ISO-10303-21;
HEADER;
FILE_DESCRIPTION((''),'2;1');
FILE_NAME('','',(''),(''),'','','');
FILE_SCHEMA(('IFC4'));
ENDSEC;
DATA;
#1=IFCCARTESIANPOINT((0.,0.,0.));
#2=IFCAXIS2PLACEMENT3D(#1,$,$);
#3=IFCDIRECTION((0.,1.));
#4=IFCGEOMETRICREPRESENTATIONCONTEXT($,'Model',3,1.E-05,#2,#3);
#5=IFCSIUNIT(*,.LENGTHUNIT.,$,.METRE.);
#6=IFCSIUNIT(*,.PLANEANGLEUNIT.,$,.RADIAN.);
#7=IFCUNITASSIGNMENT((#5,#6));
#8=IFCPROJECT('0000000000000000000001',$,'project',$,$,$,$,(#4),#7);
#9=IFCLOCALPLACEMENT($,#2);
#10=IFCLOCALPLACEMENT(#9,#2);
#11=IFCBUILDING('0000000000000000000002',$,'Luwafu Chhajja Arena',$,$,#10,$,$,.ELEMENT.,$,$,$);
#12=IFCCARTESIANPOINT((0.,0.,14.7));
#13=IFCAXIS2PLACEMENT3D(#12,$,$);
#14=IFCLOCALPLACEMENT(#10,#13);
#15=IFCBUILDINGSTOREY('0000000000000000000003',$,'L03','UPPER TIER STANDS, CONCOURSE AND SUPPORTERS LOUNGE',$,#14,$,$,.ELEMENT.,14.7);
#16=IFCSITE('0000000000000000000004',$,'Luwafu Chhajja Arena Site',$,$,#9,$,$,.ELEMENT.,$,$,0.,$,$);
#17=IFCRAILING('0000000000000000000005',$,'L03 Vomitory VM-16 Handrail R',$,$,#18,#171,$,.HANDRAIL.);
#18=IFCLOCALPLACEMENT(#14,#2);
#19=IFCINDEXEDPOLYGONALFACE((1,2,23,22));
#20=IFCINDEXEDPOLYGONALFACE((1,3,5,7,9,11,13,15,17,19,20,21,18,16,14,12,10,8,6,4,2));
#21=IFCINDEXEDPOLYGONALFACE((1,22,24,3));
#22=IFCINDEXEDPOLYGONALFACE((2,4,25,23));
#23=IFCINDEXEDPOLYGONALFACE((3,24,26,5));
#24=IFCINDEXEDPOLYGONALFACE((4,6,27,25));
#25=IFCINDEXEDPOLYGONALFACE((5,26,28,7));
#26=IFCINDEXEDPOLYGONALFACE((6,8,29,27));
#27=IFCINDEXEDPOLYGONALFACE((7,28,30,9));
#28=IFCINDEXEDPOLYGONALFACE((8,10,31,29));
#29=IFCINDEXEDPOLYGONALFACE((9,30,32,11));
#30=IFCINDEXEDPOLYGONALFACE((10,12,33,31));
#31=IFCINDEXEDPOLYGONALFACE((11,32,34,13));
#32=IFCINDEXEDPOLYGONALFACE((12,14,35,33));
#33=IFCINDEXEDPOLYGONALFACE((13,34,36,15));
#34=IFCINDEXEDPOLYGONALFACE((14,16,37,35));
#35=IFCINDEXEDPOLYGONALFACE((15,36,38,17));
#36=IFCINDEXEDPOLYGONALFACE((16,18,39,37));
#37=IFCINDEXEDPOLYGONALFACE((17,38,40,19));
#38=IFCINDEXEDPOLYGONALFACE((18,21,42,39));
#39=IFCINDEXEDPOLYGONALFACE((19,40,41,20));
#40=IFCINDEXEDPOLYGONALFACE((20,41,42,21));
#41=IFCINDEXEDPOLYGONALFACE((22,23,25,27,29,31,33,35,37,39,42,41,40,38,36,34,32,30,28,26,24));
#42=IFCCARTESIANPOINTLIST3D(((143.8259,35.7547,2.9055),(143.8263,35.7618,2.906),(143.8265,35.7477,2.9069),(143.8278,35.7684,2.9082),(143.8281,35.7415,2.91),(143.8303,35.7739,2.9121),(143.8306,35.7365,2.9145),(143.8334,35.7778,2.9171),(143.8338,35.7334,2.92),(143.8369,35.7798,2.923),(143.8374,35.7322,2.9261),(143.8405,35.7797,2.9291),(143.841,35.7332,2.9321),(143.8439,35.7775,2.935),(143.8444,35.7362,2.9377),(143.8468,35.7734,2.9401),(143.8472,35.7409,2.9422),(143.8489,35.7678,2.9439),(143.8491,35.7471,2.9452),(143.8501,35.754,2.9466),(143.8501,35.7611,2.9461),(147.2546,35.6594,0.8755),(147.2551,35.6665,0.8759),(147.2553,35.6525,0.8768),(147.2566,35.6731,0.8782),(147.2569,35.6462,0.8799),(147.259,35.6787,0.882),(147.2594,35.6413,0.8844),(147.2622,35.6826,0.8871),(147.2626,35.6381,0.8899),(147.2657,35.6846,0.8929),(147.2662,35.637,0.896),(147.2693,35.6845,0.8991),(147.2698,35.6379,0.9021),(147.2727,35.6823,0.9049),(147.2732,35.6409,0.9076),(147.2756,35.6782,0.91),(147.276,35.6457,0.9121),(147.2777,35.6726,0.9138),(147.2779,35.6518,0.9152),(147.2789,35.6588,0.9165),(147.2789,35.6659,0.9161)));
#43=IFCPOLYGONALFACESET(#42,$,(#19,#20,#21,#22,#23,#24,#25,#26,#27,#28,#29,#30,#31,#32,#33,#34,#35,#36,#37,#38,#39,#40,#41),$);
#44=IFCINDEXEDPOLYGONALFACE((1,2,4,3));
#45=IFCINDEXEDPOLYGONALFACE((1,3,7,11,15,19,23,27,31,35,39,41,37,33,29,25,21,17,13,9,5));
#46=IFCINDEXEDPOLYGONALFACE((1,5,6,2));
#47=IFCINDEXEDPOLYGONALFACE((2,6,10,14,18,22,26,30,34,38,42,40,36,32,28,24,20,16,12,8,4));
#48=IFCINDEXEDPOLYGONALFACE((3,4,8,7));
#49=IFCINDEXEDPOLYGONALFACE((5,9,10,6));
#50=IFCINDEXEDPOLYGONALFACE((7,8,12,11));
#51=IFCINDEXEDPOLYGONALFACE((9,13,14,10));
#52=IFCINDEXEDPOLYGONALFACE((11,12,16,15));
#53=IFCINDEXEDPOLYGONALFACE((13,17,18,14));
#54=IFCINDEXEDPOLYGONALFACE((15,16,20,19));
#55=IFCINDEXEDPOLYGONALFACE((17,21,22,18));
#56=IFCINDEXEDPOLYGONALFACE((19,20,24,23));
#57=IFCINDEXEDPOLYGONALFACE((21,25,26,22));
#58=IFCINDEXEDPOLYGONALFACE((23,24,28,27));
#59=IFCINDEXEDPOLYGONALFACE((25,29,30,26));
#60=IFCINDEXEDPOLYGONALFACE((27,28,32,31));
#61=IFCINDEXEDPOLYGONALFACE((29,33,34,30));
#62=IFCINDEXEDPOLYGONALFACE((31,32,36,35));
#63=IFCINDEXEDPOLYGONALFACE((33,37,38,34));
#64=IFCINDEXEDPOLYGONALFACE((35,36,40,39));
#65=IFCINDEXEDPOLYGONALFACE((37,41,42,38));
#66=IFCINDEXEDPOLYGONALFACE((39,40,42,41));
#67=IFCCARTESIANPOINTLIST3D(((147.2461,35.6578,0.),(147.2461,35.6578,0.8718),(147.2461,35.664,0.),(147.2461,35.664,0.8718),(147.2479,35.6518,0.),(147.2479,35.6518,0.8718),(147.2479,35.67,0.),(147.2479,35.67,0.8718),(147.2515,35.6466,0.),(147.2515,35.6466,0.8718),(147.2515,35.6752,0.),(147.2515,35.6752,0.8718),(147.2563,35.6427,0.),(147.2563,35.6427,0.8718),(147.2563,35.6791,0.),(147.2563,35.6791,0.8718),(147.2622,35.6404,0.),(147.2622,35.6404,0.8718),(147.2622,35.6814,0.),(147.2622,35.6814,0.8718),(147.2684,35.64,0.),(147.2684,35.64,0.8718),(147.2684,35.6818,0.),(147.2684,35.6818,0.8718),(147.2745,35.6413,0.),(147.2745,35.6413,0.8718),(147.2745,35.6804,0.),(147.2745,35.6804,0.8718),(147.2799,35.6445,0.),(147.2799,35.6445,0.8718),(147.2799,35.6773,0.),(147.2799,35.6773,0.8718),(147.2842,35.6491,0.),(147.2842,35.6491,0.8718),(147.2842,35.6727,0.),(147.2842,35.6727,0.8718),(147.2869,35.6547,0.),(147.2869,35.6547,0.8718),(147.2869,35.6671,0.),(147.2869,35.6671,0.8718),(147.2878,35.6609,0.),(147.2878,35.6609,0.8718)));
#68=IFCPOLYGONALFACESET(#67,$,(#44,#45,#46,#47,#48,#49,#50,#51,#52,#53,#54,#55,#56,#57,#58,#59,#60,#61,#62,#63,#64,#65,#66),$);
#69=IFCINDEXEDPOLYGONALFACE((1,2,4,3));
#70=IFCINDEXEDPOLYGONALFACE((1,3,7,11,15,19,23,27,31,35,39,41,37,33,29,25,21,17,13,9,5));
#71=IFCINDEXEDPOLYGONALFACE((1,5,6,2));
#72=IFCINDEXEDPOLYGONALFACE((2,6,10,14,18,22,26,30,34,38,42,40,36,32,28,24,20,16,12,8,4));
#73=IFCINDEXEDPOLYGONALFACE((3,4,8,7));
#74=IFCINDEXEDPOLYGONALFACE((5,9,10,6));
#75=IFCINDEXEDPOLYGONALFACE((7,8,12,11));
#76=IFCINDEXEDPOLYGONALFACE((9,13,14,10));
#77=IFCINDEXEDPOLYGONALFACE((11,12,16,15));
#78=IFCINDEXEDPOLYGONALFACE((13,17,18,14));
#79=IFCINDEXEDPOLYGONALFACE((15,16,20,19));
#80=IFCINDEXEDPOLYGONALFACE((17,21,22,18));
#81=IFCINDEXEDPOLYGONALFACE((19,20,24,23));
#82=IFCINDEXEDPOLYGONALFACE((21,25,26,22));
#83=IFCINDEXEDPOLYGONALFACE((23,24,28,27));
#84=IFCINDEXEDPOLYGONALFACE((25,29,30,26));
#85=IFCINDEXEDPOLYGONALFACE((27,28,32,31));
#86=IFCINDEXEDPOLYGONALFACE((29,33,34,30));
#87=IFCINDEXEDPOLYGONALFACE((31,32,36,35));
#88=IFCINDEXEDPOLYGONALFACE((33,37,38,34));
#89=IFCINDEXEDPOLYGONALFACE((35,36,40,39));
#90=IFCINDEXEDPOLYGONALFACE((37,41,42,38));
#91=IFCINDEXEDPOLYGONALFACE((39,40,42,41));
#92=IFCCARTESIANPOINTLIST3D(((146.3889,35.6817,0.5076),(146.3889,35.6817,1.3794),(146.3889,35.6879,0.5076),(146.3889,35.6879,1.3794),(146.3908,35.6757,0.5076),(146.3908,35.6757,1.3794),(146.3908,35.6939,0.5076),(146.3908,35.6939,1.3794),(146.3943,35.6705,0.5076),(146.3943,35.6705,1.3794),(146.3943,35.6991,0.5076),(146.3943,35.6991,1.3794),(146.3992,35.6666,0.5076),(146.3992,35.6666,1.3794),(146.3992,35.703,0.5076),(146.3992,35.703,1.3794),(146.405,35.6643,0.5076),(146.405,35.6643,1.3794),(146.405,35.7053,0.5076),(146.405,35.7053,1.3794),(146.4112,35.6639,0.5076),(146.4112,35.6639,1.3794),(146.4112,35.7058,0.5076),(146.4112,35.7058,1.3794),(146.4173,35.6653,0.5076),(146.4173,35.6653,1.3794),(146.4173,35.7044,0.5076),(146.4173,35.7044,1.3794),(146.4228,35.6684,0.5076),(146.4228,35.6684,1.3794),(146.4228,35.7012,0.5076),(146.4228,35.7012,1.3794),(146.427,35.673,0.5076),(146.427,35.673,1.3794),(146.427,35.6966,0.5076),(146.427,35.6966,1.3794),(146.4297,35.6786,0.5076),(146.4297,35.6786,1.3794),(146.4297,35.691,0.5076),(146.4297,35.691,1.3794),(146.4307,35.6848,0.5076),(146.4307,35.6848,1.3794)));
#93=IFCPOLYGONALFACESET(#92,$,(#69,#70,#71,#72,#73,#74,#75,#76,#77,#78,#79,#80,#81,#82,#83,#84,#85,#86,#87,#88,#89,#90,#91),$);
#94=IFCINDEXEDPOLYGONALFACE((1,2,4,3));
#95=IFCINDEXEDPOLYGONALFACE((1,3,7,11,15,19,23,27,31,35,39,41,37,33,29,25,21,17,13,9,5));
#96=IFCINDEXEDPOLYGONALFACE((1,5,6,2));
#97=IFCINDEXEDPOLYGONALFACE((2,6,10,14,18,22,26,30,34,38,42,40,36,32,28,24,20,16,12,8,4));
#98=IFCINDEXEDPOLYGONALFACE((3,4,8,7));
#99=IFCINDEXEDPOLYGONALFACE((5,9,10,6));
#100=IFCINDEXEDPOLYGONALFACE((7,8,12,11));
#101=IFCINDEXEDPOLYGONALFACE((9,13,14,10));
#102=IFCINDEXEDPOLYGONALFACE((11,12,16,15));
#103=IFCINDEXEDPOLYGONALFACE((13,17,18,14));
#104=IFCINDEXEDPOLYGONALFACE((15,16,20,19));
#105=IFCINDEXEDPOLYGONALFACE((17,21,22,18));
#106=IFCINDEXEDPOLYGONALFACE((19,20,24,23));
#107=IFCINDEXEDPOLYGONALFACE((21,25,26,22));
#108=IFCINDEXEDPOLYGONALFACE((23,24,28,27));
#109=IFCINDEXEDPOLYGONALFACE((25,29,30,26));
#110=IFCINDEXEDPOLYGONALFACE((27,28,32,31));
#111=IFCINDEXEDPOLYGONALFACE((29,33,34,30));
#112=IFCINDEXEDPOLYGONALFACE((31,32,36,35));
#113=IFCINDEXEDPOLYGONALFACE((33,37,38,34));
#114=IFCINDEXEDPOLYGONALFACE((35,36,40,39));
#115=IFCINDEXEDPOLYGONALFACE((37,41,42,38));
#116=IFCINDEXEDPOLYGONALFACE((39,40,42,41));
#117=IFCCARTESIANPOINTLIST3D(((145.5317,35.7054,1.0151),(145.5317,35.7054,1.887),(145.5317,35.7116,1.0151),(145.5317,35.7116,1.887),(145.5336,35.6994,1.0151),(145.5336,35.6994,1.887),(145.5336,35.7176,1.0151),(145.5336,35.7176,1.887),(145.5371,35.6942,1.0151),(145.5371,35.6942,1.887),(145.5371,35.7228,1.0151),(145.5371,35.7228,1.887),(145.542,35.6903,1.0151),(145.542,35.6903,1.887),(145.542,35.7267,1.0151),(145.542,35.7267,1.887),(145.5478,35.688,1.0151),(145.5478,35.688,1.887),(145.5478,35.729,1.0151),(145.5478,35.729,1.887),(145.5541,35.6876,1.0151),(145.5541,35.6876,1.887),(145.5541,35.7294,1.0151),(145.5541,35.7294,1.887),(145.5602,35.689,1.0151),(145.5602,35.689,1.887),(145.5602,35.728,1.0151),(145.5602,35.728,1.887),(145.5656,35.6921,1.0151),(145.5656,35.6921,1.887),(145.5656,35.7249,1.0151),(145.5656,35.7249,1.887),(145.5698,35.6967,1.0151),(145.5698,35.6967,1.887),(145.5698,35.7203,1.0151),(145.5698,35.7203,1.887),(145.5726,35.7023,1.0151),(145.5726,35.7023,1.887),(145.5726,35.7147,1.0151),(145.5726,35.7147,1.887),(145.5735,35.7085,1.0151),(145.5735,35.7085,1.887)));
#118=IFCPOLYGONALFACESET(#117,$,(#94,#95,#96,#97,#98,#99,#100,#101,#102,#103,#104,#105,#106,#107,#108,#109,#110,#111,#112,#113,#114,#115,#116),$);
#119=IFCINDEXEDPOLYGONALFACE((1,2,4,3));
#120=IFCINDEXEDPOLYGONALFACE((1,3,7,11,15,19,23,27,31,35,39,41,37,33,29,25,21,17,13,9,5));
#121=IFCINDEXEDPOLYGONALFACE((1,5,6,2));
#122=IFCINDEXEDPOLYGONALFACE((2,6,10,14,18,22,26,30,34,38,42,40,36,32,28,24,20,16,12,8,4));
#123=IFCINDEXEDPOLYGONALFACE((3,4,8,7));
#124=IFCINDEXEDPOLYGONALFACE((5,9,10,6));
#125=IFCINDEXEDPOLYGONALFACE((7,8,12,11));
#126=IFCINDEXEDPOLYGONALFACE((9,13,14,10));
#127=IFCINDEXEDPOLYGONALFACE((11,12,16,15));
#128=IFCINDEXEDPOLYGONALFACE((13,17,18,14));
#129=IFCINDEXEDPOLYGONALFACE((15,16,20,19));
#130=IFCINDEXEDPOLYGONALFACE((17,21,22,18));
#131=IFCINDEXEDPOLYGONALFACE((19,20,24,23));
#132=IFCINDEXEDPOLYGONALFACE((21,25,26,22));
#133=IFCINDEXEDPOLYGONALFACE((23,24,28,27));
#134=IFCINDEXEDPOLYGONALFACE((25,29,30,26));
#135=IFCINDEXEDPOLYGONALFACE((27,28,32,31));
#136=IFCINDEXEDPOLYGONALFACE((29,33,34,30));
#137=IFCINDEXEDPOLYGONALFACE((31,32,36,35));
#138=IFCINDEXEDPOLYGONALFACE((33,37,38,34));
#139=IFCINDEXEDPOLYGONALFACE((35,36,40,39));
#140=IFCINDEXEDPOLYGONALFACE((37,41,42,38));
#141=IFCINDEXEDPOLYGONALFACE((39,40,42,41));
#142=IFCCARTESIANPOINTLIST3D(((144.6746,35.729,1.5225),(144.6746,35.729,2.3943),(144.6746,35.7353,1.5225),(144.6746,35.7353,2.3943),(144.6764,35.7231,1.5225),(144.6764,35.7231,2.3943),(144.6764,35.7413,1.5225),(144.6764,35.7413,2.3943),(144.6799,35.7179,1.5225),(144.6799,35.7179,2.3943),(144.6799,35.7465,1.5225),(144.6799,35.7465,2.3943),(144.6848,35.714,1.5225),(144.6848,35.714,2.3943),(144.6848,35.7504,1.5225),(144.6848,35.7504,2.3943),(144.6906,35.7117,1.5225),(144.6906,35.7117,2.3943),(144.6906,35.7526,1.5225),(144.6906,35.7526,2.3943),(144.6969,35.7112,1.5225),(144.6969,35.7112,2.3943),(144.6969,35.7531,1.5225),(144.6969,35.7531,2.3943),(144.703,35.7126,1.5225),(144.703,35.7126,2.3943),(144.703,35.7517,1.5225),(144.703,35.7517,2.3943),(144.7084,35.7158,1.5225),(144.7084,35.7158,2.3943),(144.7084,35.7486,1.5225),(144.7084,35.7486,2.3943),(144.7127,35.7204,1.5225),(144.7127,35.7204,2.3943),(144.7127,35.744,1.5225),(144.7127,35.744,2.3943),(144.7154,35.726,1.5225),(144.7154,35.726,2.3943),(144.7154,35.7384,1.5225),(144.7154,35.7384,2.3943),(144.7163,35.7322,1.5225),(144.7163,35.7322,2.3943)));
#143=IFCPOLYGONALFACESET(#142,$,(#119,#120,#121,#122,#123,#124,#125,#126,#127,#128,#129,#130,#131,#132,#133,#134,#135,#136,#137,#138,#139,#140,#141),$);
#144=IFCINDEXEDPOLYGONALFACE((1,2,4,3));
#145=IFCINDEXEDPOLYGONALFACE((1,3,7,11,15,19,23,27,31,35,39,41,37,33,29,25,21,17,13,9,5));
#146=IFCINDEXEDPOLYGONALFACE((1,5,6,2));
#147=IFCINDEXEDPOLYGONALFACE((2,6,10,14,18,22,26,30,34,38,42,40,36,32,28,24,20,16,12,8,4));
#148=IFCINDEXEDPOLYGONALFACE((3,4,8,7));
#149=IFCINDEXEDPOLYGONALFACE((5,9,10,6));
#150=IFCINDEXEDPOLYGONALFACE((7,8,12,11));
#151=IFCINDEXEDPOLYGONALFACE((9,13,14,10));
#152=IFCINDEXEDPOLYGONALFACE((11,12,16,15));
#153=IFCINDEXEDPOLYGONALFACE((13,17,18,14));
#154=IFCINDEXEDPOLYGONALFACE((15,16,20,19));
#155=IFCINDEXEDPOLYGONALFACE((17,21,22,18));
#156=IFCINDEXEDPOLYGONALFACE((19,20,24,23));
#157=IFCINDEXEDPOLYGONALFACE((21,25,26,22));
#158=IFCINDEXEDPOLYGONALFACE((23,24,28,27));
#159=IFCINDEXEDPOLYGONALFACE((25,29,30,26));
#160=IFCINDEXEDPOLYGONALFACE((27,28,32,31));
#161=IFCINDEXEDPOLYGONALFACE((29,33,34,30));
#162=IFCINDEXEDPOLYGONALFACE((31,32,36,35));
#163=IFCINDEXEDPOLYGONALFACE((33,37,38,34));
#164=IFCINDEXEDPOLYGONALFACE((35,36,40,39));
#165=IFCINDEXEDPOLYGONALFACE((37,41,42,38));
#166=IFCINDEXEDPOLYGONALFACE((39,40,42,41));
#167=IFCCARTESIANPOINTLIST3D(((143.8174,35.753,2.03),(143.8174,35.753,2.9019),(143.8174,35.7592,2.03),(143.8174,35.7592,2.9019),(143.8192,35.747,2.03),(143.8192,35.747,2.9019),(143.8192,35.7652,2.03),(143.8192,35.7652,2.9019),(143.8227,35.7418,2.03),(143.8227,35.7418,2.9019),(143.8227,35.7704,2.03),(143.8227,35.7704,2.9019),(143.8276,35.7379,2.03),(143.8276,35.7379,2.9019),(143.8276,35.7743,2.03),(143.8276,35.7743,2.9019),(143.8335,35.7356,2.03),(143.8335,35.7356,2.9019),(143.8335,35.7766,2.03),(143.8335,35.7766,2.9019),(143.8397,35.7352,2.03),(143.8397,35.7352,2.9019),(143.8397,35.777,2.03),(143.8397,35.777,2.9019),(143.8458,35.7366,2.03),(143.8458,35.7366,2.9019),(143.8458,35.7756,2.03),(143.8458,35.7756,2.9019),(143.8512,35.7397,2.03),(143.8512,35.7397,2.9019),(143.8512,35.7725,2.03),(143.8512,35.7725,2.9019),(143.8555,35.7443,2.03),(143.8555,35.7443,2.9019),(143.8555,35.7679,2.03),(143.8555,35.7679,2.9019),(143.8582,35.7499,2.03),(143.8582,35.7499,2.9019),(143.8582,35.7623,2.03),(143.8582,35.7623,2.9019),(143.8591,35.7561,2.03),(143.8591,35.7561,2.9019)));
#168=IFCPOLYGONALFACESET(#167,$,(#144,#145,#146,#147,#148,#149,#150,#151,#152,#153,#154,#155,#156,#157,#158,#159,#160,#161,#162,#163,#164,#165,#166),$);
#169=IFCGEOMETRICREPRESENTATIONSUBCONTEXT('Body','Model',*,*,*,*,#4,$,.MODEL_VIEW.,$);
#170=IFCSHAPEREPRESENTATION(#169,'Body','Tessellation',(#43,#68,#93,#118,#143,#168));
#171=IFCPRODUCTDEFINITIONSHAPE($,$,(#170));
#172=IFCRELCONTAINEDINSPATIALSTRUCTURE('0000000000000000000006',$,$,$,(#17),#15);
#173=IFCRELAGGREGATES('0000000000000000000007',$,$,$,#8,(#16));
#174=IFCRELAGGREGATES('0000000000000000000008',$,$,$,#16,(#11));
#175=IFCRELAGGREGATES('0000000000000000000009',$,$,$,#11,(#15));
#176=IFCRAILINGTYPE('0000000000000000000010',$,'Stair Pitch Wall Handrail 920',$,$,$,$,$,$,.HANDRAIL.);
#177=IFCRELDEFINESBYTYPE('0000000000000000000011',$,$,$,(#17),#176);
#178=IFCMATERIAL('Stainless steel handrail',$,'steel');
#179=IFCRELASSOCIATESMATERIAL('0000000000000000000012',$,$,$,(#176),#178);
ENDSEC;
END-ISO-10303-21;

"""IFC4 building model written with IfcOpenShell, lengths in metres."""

from ifc_helpers import new_model, si_unit, direction, frame, origin, origin_2d, place, context, subcontext, project, spatial, circle, extrude, material, type_object, element, save


model = new_model("IFC4")

# Units and contexts
model_context = context("Model", 3, precision=1e-05, world=origin(), true_north=direction((0.0, 1.0)))
body_context = subcontext(model_context, "Body", "Model", "MODEL_VIEW")
ifc_project = project(units=[si_unit("LENGTHUNIT", "METRE"), si_unit("PLANEANGLEUNIT", "RADIAN")], contexts=[model_context])

# Site, building, storey
site_placement = place(None, origin())
site = spatial("IfcSite", under=ifc_project, at=site_placement, Name="Luwafu Chhajja Arena Site", CompositionType="ELEMENT", RefElevation=0.0)
building_placement = place(site_placement, origin())
building = spatial("IfcBuilding", under=site, at=building_placement, Name="Luwafu Chhajja Arena", CompositionType="ELEMENT")
storey_placement = place(building_placement, frame((0.0, 0.0, 14.7)))
storey = spatial("IfcBuildingStorey", under=building, at=storey_placement, Name="L03", Description="UPPER TIER STANDS, CONCOURSE AND SUPPORTERS LOUNGE", CompositionType="ELEMENT", Elevation=14.7)

# Railing
ifc_material_1 = material(Name="Stainless steel handrail", Category="steel")
railing_type_1 = type_object("IfcRailingType", Name="Stair Pitch Wall Handrail 920", PredefinedType="HANDRAIL", material=ifc_material_1)
for number, where, name in (
    (1, (147.2668, 35.6609, 0.0), "L03 Vomitory VM-16 Handrail R"),
):
    element("IfcRailing", number, at=place(storey_placement, frame(where)), inside=storey, type_object=railing_type_1, Name=name, PredefinedType="HANDRAIL", context=body_context, shape_type="SweptSolid", body=[
        extrude(circle(Radius=0.0239, at=origin_2d()), frame((0.0, 0.0, 0.896), z_axis=(-0.860244, 0.023889, 0.509323), x_axis=(-0.027759, -0.999615, 0.0)), (0.0, 0.0, 1.0), 3.9858),
        extrude(circle(Radius=0.021, at=origin_2d()), origin(), (0.0, 0.0, 1.0), 0.8718),
        extrude(circle(Radius=0.021, at=origin_2d()), frame((-0.8572, 0.0239, 0.5076)), (0.0, 0.0, 1.0), 0.8718),
        extrude(circle(Radius=0.021, at=origin_2d()), frame((-1.7144, 0.0476, 1.0151)), (0.0, 0.0, 1.0), 0.8718),
        extrude(circle(Radius=0.021, at=origin_2d()), frame((-2.5715, 0.0713, 1.5225)), (0.0, 0.0, 1.0), 0.8718),
        extrude(circle(Radius=0.021, at=origin_2d()), frame((-3.4287, 0.0952, 2.03)), (0.0, 0.0, 1.0), 0.8718),
    ])

save(model, "model.ifc")
